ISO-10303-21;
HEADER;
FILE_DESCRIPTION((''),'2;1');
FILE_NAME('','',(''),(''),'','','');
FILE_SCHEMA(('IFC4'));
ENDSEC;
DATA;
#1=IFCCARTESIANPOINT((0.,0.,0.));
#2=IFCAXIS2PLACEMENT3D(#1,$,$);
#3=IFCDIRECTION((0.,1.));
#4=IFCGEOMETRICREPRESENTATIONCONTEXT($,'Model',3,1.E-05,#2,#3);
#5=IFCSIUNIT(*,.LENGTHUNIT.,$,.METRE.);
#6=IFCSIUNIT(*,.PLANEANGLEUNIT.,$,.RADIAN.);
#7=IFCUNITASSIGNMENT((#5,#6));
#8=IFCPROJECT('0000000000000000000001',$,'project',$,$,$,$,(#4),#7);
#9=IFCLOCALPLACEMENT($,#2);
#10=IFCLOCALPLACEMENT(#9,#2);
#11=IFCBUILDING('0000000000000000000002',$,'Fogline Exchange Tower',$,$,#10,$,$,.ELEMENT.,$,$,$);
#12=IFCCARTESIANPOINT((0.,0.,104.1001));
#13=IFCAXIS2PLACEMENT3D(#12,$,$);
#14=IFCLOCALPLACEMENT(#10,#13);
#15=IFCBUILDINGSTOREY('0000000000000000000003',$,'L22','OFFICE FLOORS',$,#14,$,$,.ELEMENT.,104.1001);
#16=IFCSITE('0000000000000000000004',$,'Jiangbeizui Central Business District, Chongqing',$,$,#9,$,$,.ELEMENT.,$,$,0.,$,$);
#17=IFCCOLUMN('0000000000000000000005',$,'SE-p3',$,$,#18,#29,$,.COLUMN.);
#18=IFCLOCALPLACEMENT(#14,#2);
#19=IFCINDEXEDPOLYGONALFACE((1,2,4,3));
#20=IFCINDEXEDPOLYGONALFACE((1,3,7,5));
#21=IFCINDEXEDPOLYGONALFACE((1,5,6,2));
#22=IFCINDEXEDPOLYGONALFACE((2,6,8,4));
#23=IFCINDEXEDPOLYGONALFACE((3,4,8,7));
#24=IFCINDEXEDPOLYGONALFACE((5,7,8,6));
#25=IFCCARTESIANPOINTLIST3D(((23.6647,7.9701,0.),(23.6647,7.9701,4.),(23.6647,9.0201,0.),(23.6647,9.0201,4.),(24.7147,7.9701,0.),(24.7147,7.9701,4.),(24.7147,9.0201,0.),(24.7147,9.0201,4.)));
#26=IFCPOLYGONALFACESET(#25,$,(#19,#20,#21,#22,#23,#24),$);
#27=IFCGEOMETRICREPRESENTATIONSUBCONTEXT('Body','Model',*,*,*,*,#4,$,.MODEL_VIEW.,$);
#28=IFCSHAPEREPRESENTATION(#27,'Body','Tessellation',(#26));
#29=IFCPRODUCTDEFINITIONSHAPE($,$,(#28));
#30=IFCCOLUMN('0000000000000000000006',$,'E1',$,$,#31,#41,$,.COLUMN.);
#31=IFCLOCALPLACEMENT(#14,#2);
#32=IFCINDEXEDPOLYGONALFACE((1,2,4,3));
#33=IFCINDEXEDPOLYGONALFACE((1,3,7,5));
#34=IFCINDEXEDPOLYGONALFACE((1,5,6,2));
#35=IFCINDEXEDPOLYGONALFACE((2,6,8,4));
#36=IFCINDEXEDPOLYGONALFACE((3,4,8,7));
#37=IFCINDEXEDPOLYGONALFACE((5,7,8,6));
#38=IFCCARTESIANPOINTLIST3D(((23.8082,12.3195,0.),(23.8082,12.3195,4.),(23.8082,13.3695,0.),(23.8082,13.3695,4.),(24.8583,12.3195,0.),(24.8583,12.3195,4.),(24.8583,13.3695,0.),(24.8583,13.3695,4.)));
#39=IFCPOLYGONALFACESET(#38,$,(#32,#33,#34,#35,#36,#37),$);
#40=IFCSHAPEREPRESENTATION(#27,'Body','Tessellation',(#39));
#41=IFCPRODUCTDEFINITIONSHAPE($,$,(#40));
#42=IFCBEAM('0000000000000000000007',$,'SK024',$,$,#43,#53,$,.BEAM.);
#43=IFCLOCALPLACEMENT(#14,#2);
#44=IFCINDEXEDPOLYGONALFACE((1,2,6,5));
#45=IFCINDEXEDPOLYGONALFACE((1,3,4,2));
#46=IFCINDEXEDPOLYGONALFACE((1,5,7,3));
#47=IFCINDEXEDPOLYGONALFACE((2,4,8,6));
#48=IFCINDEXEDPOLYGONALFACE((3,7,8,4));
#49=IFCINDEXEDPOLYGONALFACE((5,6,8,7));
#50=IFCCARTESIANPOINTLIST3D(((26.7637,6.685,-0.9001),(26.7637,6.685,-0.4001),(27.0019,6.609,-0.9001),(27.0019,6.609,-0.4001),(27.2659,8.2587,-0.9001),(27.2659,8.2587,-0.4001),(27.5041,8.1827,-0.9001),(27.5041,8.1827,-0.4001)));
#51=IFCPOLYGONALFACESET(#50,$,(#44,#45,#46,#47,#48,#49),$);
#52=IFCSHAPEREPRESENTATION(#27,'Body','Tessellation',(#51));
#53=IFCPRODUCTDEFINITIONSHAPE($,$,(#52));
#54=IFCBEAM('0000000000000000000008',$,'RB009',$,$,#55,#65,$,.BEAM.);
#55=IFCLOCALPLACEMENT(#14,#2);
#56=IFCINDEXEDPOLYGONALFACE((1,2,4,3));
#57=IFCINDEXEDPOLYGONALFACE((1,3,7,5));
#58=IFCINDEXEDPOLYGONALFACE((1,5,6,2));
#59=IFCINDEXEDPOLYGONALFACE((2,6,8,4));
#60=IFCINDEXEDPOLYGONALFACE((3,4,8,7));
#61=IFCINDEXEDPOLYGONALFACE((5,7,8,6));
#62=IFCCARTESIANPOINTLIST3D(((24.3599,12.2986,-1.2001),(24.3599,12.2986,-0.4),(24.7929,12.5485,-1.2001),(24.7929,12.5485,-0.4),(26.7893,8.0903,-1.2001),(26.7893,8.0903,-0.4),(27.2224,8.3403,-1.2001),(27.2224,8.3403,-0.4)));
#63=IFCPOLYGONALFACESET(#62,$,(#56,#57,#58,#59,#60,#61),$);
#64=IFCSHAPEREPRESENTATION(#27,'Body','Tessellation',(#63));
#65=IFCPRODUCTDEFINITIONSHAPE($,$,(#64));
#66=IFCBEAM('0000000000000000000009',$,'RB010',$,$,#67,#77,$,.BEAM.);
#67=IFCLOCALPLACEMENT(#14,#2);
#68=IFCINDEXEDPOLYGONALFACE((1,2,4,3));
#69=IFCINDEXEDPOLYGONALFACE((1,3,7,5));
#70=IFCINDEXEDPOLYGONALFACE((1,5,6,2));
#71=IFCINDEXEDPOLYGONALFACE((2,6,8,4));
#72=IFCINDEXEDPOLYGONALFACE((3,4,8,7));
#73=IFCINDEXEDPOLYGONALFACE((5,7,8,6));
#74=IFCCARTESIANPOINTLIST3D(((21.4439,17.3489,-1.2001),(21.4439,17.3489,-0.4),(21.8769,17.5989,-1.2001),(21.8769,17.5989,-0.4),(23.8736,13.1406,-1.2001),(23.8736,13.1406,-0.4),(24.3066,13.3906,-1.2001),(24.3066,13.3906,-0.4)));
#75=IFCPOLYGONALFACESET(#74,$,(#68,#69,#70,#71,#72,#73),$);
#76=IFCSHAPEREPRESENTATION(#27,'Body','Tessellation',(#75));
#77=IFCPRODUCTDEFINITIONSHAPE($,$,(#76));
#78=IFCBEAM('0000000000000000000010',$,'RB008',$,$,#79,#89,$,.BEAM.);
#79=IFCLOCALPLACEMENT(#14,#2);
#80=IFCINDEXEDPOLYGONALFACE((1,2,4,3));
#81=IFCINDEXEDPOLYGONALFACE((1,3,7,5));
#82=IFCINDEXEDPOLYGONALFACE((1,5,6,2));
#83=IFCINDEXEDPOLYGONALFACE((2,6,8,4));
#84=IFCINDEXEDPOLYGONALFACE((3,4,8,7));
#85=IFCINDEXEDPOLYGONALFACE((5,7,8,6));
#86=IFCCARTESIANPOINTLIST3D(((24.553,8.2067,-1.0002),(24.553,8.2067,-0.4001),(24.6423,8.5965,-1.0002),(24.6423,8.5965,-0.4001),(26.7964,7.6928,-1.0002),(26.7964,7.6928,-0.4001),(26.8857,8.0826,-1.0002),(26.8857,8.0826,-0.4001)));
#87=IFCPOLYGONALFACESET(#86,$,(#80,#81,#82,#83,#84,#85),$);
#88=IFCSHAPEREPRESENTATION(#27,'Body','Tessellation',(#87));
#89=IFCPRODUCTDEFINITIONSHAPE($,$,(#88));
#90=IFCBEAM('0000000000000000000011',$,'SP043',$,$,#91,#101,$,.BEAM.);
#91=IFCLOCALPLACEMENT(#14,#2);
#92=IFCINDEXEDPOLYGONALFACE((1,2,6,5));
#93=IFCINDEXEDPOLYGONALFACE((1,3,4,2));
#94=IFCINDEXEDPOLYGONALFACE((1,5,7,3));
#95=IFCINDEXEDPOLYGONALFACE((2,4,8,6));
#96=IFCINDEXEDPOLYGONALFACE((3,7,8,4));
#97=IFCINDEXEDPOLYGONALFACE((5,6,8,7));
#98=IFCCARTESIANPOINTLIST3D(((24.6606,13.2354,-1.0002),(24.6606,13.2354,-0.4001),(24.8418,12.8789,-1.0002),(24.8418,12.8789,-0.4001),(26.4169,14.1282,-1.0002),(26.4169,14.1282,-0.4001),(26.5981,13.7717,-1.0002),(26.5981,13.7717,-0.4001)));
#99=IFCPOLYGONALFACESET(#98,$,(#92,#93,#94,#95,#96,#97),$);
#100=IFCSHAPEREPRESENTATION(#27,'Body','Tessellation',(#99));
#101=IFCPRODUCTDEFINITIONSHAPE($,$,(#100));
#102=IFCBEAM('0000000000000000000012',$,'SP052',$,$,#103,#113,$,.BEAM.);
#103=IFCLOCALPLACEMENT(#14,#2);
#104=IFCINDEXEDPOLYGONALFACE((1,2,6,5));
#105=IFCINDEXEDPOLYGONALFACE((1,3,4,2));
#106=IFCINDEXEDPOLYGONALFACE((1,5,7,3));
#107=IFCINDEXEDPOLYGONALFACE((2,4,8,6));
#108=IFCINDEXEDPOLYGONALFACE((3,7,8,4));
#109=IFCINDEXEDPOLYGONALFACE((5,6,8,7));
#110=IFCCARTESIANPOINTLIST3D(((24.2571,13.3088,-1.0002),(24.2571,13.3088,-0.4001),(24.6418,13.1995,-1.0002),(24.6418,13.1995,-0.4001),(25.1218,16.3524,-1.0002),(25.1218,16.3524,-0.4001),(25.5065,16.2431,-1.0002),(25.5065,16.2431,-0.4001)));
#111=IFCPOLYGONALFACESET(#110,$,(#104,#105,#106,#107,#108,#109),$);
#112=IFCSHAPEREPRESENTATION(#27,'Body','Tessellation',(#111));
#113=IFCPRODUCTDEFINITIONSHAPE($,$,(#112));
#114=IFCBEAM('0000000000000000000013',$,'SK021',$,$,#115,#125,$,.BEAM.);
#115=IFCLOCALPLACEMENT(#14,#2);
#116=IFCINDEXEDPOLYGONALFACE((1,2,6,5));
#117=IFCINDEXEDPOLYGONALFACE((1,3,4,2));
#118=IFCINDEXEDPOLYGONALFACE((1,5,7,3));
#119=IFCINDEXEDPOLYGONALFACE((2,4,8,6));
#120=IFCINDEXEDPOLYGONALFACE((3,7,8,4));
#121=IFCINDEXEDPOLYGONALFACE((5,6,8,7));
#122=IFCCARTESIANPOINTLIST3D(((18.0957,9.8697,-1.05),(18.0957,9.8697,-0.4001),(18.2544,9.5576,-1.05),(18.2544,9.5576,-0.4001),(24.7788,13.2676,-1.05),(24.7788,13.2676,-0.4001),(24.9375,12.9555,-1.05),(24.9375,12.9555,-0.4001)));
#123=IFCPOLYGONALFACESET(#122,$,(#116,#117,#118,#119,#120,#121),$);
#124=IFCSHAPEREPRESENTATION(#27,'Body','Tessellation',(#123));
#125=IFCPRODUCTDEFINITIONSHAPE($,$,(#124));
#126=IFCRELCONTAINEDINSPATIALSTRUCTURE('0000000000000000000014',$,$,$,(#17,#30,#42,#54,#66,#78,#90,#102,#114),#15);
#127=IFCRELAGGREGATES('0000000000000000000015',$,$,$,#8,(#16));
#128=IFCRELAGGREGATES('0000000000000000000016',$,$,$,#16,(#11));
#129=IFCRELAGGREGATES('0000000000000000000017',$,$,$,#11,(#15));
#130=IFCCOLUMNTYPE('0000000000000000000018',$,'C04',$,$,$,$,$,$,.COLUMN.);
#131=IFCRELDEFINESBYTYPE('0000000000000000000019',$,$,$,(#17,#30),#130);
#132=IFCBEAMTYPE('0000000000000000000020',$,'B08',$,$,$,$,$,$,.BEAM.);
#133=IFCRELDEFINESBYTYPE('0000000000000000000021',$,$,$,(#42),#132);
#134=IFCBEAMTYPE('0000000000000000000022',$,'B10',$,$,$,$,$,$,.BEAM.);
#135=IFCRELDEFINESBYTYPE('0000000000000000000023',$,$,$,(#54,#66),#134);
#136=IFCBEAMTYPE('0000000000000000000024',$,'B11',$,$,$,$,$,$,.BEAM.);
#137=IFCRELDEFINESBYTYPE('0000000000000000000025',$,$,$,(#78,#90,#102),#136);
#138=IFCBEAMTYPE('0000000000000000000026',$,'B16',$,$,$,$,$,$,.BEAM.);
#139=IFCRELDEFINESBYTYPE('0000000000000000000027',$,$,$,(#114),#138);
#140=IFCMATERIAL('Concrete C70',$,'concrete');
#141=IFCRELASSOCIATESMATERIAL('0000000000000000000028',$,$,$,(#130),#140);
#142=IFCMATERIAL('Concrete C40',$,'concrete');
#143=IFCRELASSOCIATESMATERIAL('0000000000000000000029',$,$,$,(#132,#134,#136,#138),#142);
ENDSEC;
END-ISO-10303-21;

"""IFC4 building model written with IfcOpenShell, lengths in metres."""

from ifc_helpers import new_model, si_unit, direction, frame, origin, origin_2d, place, context, subcontext, project, spatial, rectangle, extrude, material, material_profile, profile_set, type_object, element, save


model = new_model("IFC4")

# Units and contexts
model_context = context("Model", 3, precision=1e-05, world=origin(), true_north=direction((0.0, 1.0)))
body_context = subcontext(model_context, "Body", "Model", "MODEL_VIEW")
ifc_project = project(units=[si_unit("LENGTHUNIT", "METRE"), si_unit("PLANEANGLEUNIT", "RADIAN")], contexts=[model_context])

# Site, building, storey
site_placement = place(None, origin())
site = spatial("IfcSite", under=ifc_project, at=site_placement, Name="Jiangbeizui Central Business District, Chongqing", CompositionType="ELEMENT", RefElevation=0.0)
building_placement = place(site_placement, origin())
building = spatial("IfcBuilding", under=site, at=building_placement, Name="Fogline Exchange Tower", CompositionType="ELEMENT")
storey_placement = place(building_placement, frame((0.0, 0.0, 104.1001)))
storey = spatial("IfcBuildingStorey", under=building, at=storey_placement, Name="L22", Description="OFFICE FLOORS", CompositionType="ELEMENT", Elevation=104.1001)

# Columns
ifc_material_1 = material(Name="Concrete C70", Category="concrete")
ifc_material_profile_1 = material_profile(ifc_material_1, rectangle(XDim=1.05, YDim=1.05, at=origin_2d()), Name="RC 1050x1050")
ifc_profile_set_1 = profile_set([ifc_material_profile_1], Name="Concrete C70")
column_type = type_object("IfcColumnType", Name="C04", PredefinedType="COLUMN", material=ifc_profile_set_1)
for number, where, z_axis, x_axis, name in (
    (1, (24.1897, 8.4951, 0.0), (0.0, 0.0, 1.0), (1.0, 0.0, 0.0), "SE-p3"),
    (2, (24.3333, 12.8445, 0.0), (0.0, 0.0, 1.0), (1.0, 0.0, 0.0), "E1"),
):
    element("IfcColumn", number, at=place(storey_placement, frame(where, z_axis=z_axis, x_axis=x_axis)), inside=storey, type_object=column_type, Name=name, PredefinedType="COLUMN", context=body_context, shape_type="SweptSolid", body=[
        extrude(rectangle(XDim=1.05, YDim=1.05, at=origin_2d()), origin(), (0.0, 0.0, 1.0), 4.0),
    ])

# Beams
ifc_material_2 = material(Name="Concrete C40", Category="concrete")
ifc_material_profile_2 = material_profile(ifc_material_2, rectangle(XDim=0.25, YDim=0.5, at=origin_2d()), Name="RC 250x500")
ifc_profile_set_2 = profile_set([ifc_material_profile_2], Name="Concrete C40")
beam_type_1 = type_object("IfcBeamType", Name="B08", PredefinedType="BEAM", material=ifc_profile_set_2)
beam_1_placement = place(storey_placement, frame((27.385, 8.2207, -0.6501), z_axis=(-0.304009, -0.952669, 0.0), x_axis=(0.952669, -0.304009, 0.0)))
element("IfcBeam", 3, at=beam_1_placement, inside=storey, type_object=beam_type_1, Name="SK024", PredefinedType="BEAM", context=body_context, shape_type="SweptSolid", body=[
    extrude(rectangle(XDim=0.25, YDim=0.5, at=origin_2d()), origin(), (0.0, 0.0, 1.0), 1.6519),
])
ifc_material_profile_3 = material_profile(ifc_material_2, rectangle(XDim=0.5, YDim=0.8, at=origin_2d()), Name="RC 500x800")
ifc_profile_set_3 = profile_set([ifc_material_profile_3], Name="Concrete C40")
beam_type_2 = type_object("IfcBeamType", Name="B10", PredefinedType="BEAM", material=ifc_profile_set_3)
beam_2_placement = place(storey_placement, frame((27.0059, 8.2153, -0.8), z_axis=(-0.49997, 0.866043, 0.0), x_axis=(-0.866043, -0.49997, 0.0)))
element("IfcBeam", 4, at=beam_2_placement, inside=storey, type_object=beam_type_2, Name="RB009", PredefinedType="BEAM", context=body_context, shape_type="SweptSolid", body=[
    extrude(rectangle(XDim=0.5, YDim=0.8, at=origin_2d()), origin(), (0.0, 0.0, 1.0), 4.8591),
])
beam_3_placement = place(storey_placement, frame((24.0901, 13.2656, -0.8), z_axis=(-0.500008, 0.866021, 0.0), x_axis=(-0.866021, -0.500008, 0.0)))
element("IfcBeam", 5, at=beam_3_placement, inside=storey, type_object=beam_type_2, Name="RB010", PredefinedType="BEAM", context=body_context, shape_type="SweptSolid", body=[
    extrude(rectangle(XDim=0.5, YDim=0.8, at=origin_2d()), origin(), (0.0, 0.0, 1.0), 4.8594),
])
ifc_material_profile_4 = material_profile(ifc_material_2, rectangle(XDim=0.3999, YDim=0.6001, at=origin_2d()), Name="RC 400x600")
ifc_profile_set_4 = profile_set([ifc_material_profile_4], Name="Concrete C40")
beam_type_3 = type_object("IfcBeamType", Name="B11", PredefinedType="BEAM", material=ifc_profile_set_4)
beam_4_placement = place(storey_placement, frame((24.5977, 8.4016, -0.7002), z_axis=(0.974751, -0.223294, 0.0), x_axis=(0.223294, 0.974751, 0.0)))
element("IfcBeam", 6, at=beam_4_placement, inside=storey, type_object=beam_type_3, Name="RB008", PredefinedType="BEAM", context=body_context, shape_type="SweptSolid", body=[
    extrude(rectangle(XDim=0.3999, YDim=0.6001, at=origin_2d()), origin(), (0.0, 0.0, 1.0), 2.3015),
])
beam_5_placement = place(storey_placement, frame((24.7512, 13.0571, -0.7002), z_axis=(0.891433, 0.453152, 0.0), x_axis=(-0.453152, 0.891433, 0.0)))
element("IfcBeam", 7, at=beam_5_placement, inside=storey, type_object=beam_type_3, Name="SP043", PredefinedType="BEAM", context=body_context, shape_type="SweptSolid", body=[
    extrude(rectangle(XDim=0.3999, YDim=0.6001, at=origin_2d()), origin(), (0.0, 0.0, 1.0), 1.9702),
])
beam_6_placement = place(storey_placement, frame((24.4495, 13.2542, -0.7002), z_axis=(0.273294, 0.961931, 0.0), x_axis=(-0.961931, 0.273294, 0.0)))
element("IfcBeam", 8, at=beam_6_placement, inside=storey, type_object=beam_type_3, Name="SP052", PredefinedType="BEAM", context=body_context, shape_type="SweptSolid", body=[
    extrude(rectangle(XDim=0.3999, YDim=0.6001, at=origin_2d()), origin(), (0.0, 0.0, 1.0), 3.1641),
])
ifc_material_profile_5 = material_profile(ifc_material_2, rectangle(XDim=0.3501, YDim=0.6499, at=origin_2d()), Name="RC 350x650")
ifc_profile_set_5 = profile_set([ifc_material_profile_5], Name="Concrete C40")
beam_type_4 = type_object("IfcBeamType", Name="B16", PredefinedType="BEAM", material=ifc_profile_set_5)
beam_7_placement = place(storey_placement, frame((24.8582, 13.1116, -0.7251), z_axis=(-0.891398, -0.453221, 0.0), x_axis=(0.453221, -0.891398, 0.0)))
element("IfcBeam", 9, at=beam_7_placement, inside=storey, type_object=beam_type_4, Name="SK021", PredefinedType="BEAM", context=body_context, shape_type="SweptSolid", body=[
    extrude(rectangle(XDim=0.3501, YDim=0.6499, at=origin_2d()), origin(), (0.0, 0.0, 1.0), 7.4973),
])

save(model, "model.ifc")
